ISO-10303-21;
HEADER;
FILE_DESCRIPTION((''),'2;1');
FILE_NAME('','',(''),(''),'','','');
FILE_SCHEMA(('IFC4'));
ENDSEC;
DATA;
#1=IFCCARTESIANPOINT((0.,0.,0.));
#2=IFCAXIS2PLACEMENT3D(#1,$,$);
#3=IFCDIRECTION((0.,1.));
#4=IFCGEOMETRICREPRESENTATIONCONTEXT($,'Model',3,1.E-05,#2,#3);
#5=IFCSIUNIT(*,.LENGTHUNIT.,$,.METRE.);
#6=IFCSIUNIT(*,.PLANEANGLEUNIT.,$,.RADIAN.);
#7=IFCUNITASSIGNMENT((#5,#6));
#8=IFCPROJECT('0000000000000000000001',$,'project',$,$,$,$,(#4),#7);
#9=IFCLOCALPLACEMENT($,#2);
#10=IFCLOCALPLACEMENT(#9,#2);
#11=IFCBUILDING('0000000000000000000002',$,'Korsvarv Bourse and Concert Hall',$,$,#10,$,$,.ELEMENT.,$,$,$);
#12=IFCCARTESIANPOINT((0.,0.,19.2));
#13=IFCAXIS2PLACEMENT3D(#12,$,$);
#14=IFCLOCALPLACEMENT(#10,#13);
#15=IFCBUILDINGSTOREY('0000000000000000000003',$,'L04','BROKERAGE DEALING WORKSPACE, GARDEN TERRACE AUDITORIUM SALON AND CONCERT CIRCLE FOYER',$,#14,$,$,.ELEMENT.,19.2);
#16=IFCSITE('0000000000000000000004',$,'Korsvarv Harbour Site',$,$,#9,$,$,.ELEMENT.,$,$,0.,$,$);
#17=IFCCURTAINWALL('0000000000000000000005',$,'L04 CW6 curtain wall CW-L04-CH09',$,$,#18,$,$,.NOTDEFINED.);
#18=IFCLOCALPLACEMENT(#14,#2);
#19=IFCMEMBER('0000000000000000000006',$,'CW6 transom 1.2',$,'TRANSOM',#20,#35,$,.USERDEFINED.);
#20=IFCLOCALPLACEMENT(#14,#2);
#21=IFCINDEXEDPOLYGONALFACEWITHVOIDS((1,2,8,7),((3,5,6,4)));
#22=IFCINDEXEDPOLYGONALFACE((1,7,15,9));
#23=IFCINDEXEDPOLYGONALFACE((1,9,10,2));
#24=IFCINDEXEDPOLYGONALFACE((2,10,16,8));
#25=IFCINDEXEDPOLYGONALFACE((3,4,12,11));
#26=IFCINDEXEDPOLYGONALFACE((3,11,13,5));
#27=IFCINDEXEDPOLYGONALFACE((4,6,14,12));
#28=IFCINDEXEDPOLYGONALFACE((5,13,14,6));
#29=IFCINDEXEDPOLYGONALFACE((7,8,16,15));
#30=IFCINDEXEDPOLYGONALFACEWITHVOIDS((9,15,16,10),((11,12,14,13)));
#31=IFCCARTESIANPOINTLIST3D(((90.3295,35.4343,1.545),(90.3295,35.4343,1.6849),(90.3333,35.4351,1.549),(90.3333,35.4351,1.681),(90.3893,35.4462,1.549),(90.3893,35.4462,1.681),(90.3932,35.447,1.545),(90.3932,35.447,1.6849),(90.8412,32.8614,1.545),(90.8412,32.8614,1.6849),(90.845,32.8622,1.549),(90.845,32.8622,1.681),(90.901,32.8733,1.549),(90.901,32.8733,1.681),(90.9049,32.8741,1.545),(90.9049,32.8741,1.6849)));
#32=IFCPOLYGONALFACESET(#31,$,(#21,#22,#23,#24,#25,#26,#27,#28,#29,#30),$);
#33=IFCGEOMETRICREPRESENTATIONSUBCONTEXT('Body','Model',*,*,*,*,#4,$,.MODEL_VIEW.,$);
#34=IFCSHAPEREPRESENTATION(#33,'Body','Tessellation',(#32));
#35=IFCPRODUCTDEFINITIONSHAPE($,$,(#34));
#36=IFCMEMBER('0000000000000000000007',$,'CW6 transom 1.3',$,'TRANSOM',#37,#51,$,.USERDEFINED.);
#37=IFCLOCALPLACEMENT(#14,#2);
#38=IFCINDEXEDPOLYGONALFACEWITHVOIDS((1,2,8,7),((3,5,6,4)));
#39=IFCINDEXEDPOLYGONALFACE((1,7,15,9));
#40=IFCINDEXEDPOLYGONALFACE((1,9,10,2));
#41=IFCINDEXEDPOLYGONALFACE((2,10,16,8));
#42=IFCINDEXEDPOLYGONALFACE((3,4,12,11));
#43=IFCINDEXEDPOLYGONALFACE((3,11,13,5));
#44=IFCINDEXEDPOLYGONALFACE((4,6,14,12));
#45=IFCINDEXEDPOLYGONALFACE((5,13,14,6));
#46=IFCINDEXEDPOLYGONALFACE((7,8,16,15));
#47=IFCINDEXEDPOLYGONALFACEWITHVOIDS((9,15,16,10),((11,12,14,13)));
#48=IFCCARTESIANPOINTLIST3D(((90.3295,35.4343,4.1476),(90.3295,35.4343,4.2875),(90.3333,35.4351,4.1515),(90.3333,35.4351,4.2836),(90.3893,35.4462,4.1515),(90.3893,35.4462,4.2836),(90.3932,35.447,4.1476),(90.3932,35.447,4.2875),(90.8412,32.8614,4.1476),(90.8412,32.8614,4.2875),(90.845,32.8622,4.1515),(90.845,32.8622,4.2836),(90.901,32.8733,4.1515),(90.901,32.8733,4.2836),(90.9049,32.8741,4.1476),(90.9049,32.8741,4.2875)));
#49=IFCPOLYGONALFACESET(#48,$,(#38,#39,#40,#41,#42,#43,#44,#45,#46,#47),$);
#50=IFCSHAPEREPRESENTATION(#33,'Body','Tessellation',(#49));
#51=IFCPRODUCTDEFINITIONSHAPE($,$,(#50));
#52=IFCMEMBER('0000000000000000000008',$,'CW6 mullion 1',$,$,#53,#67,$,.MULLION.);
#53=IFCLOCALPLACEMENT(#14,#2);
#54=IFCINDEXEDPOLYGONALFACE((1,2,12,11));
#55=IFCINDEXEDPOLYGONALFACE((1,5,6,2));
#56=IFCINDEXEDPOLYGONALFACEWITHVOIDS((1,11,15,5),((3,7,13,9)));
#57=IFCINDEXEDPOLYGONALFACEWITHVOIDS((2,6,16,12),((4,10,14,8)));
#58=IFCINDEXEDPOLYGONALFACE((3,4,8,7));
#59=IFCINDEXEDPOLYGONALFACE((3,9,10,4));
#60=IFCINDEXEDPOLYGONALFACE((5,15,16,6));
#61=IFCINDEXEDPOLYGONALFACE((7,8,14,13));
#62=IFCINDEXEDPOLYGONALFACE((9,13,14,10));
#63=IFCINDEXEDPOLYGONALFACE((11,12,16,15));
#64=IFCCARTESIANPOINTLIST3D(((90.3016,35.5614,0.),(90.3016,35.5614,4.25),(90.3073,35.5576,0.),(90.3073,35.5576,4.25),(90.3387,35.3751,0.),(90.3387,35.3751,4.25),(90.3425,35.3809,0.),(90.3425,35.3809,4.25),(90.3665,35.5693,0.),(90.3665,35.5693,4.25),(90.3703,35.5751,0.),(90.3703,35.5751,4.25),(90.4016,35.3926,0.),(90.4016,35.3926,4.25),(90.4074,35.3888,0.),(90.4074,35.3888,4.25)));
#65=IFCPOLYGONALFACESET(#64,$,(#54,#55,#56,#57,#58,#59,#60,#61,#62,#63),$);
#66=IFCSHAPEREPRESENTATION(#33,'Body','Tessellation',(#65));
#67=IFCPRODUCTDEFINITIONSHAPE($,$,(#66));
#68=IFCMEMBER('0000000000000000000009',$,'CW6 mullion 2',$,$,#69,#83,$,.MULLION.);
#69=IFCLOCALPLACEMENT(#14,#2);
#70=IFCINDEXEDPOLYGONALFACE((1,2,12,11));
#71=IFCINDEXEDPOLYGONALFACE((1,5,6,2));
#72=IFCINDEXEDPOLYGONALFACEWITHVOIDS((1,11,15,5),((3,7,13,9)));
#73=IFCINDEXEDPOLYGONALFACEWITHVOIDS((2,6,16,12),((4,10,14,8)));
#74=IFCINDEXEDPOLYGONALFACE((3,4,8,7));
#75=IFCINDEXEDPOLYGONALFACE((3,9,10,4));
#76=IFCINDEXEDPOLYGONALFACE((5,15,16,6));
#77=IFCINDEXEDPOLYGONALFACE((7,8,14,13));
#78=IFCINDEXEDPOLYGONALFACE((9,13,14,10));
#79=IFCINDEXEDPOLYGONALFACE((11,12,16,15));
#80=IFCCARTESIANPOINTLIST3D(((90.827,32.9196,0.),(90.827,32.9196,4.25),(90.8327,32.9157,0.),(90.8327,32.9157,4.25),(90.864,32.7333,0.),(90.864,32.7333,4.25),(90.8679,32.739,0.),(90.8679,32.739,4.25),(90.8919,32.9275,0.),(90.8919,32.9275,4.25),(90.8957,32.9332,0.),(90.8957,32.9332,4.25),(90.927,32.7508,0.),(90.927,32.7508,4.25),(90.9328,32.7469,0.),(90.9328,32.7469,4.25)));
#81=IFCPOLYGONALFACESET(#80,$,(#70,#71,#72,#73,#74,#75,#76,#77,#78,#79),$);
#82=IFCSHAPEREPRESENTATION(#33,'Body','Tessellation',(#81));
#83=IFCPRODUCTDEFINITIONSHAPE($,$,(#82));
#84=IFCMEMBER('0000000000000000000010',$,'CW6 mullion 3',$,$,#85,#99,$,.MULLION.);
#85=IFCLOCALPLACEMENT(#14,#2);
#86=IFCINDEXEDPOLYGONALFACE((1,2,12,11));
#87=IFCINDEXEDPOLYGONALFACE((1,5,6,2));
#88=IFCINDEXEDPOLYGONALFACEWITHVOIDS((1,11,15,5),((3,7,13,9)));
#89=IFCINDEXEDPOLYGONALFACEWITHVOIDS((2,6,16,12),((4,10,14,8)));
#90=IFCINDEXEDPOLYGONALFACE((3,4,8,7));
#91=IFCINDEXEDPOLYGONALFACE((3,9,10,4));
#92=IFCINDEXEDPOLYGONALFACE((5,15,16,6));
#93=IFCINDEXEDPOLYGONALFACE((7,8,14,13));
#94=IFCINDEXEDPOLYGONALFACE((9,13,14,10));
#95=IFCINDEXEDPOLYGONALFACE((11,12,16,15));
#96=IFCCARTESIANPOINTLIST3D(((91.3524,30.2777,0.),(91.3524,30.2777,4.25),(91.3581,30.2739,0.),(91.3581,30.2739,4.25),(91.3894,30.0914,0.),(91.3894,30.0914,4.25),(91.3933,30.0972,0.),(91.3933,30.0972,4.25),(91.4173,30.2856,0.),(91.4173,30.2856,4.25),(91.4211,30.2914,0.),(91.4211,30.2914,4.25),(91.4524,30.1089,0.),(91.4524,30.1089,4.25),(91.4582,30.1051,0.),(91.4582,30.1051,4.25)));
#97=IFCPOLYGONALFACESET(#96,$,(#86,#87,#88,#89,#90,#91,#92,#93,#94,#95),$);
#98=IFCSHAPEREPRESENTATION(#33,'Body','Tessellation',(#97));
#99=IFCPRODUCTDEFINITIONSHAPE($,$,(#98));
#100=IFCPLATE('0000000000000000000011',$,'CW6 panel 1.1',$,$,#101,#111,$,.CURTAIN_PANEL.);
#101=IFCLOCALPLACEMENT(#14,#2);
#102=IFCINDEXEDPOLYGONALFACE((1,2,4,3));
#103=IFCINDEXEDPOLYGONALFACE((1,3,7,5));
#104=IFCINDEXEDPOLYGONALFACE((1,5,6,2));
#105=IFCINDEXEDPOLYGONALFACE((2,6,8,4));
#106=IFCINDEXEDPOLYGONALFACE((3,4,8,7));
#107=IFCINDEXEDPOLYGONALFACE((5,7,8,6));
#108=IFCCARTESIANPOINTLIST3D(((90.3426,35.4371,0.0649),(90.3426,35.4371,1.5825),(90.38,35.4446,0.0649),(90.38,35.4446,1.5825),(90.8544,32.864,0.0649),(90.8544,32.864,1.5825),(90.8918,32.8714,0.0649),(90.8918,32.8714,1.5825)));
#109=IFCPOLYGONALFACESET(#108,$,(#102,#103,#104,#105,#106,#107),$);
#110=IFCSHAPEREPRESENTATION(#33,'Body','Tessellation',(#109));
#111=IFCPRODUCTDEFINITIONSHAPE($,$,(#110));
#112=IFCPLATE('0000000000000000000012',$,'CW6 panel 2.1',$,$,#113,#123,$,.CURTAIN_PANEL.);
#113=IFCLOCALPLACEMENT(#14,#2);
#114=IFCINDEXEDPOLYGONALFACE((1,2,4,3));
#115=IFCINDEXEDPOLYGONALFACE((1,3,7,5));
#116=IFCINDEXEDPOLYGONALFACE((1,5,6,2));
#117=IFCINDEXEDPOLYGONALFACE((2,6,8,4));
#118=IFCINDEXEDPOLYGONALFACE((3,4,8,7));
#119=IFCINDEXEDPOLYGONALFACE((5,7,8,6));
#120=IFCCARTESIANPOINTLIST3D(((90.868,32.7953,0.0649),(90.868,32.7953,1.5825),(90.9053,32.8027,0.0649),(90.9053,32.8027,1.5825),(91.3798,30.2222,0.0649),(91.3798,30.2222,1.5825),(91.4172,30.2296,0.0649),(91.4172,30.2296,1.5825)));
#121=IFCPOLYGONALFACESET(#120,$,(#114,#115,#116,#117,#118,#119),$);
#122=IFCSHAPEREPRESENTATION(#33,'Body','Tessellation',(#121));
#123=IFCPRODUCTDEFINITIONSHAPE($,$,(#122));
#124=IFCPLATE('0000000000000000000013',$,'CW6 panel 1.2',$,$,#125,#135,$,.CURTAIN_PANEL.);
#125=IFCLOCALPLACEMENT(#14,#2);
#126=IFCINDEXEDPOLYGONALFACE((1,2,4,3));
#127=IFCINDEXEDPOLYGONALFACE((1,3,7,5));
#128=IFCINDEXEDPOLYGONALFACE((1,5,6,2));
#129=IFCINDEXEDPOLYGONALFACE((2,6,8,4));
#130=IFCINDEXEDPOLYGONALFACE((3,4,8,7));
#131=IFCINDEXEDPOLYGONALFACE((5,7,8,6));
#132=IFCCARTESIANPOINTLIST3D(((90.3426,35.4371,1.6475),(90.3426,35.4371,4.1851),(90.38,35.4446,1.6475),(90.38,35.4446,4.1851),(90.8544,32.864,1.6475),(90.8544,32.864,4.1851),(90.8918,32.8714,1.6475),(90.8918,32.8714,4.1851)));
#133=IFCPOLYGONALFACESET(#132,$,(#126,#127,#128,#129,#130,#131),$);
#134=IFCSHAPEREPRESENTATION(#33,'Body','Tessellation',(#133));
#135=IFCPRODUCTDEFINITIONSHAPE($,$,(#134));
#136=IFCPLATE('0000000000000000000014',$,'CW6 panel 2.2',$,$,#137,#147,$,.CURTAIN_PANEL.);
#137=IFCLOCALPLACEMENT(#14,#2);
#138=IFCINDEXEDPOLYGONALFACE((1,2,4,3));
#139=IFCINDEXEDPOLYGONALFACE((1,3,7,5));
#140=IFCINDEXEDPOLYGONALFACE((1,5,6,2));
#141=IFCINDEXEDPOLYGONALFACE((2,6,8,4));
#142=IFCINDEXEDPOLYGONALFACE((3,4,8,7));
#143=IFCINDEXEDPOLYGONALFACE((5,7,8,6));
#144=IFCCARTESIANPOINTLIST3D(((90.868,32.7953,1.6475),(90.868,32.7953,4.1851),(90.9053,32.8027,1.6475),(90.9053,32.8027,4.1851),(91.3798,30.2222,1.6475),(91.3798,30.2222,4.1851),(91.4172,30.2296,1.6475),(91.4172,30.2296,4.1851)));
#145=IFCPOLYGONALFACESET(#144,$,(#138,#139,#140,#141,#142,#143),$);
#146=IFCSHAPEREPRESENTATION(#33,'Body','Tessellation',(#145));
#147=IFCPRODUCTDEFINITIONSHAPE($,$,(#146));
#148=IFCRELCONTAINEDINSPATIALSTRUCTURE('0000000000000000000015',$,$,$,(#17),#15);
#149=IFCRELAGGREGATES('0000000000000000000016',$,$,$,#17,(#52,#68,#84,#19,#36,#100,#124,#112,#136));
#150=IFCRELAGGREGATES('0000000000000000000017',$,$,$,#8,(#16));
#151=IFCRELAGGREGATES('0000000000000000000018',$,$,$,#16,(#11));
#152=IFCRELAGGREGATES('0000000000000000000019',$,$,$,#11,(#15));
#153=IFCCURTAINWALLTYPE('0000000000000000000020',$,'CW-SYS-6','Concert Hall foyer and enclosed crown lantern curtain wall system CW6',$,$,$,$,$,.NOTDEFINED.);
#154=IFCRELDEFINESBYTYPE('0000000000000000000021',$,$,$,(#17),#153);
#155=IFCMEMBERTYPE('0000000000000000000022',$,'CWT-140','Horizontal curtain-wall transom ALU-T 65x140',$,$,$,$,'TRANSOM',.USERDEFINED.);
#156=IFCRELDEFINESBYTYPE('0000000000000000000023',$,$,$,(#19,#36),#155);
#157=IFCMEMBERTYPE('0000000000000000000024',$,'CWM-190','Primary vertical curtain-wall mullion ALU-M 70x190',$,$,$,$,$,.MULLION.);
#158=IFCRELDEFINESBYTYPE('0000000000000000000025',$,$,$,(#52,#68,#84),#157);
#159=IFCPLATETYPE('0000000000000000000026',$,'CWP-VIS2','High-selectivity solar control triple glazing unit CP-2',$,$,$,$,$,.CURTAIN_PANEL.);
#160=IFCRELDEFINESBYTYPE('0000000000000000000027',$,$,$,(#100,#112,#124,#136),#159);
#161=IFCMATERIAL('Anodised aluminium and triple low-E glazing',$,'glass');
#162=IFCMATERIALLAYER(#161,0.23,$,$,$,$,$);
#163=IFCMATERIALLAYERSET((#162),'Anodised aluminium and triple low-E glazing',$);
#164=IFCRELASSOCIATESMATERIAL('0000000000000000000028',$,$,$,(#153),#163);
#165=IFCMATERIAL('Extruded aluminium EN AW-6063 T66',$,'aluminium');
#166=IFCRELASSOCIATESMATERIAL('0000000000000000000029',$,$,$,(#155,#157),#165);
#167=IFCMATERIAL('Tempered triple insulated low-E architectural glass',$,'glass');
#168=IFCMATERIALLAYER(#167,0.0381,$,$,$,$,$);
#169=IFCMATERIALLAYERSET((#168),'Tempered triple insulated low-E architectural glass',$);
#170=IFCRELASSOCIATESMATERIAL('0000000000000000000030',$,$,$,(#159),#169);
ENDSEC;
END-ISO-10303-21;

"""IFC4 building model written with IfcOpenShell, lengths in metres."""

from ifc_helpers import new_model, si_unit, direction, frame, origin, origin_2d, place, context, subcontext, project, spatial, rectangle, hollow_rectangle, extrude, source, transform, mapped, material, layer, layer_set, material_profile, profile_set, type_object, element, aggregate, save


model = new_model("IFC4")

# Units and contexts
model_context = context("Model", 3, precision=1e-05, world=origin(), true_north=direction((0.0, 1.0)))
body_context = subcontext(model_context, "Body", "Model", "MODEL_VIEW")
ifc_project = project(units=[si_unit("LENGTHUNIT", "METRE"), si_unit("PLANEANGLEUNIT", "RADIAN")], contexts=[model_context])

# Site, building, storey
site_placement = place(None, origin())
site = spatial("IfcSite", under=ifc_project, at=site_placement, Name="Korsvarv Harbour Site", CompositionType="ELEMENT", RefElevation=0.0)
building_placement = place(site_placement, origin())
building = spatial("IfcBuilding", under=site, at=building_placement, Name="Korsvarv Bourse and Concert Hall", CompositionType="ELEMENT")
storey_placement = place(building_placement, frame((0.0, 0.0, 19.2)))
storey = spatial("IfcBuildingStorey", under=building, at=storey_placement, Name="L04", Description="BROKERAGE DEALING WORKSPACE, GARDEN TERRACE AUDITORIUM SALON AND CONCERT CIRCLE FOYER", CompositionType="ELEMENT", Elevation=19.2)

# Curtain wall, members, plates
ifc_material_1 = material(Name="Anodised aluminium and triple low-E glazing", Category="glass")
ifc_layer_1 = layer(ifc_material_1, 0.23)
ifc_layer_set_1 = layer_set([ifc_layer_1], Name="Anodised aluminium and triple low-E glazing")
curtain_wall_type = type_object("IfcCurtainWallType", Name="CW-SYS-6", Description="Concert Hall foyer and enclosed crown lantern curtain wall system CW6", PredefinedType="NOTDEFINED", material=ifc_layer_set_1)
curtain_wall_placement = place(storey_placement, origin())
curtain_wall = element("IfcCurtainWall", 1, at=curtain_wall_placement, inside=storey, type_object=curtain_wall_type, Name="L04 CW6 curtain wall CW-L04-CH09", PredefinedType="NOTDEFINED")
ifc_material_2 = material(Name="Extruded aluminium EN AW-6063 T66", Category="aluminium")
ifc_material_profile_1 = material_profile(ifc_material_2, hollow_rectangle(XDim=0.0649, YDim=0.1399, WallThickness=0.0039, at=origin_2d()), Name="ALU-T 65x140")
ifc_profile_set_1 = profile_set([ifc_material_profile_1], Name="Extruded aluminium EN AW-6063 T66")
member_type_1 = type_object("IfcMemberType", Name="CWT-140", Description="Horizontal curtain-wall transom ALU-T 65x140", ElementType="TRANSOM", PredefinedType="USERDEFINED", material=ifc_profile_set_1)
shared_shape_1 = source(origin(), body_context, "Body", "SweptSolid", [
    extrude(hollow_rectangle(XDim=0.0649, YDim=0.1399, WallThickness=0.0039, at=origin_2d()), origin(), (0.0, 0.0, 1.0), 2.6233),
])
member_1_placement = place(storey_placement, frame((90.3613, 35.4407, 1.615), z_axis=(0.19506, -0.980791, 0.0), x_axis=(0.980791, 0.19506, 0.0)))
member_1 = element("IfcMember", 2, at=member_1_placement, type_object=member_type_1, Name="CW6 transom 1.2", ObjectType="TRANSOM", PredefinedType="USERDEFINED", context=body_context, shape_type="MappedRepresentation", body=[
    mapped(shared_shape_1, transform((0.0, 0.0, 0.0), scale=1.0)),
])
member_2_placement = place(storey_placement, frame((90.3613, 35.4407, 4.2175), z_axis=(0.19506, -0.980791, 0.0), x_axis=(0.980791, 0.19506, 0.0)))
member_2 = element("IfcMember", 3, at=member_2_placement, type_object=member_type_1, Name="CW6 transom 1.3", ObjectType="TRANSOM", PredefinedType="USERDEFINED", context=body_context, shape_type="MappedRepresentation", body=[
    mapped(shared_shape_1, transform((0.0, 0.0, 0.0), scale=1.0)),
])
ifc_material_profile_2 = material_profile(ifc_material_2, hollow_rectangle(XDim=0.0701, YDim=0.1899, WallThickness=0.0049, at=origin_2d()), Name="ALU-M 70x190")
ifc_profile_set_2 = profile_set([ifc_material_profile_2], Name="Extruded aluminium EN AW-6063 T66")
member_type_2 = type_object("IfcMemberType", Name="CWM-190", Description="Primary vertical curtain-wall mullion ALU-M 70x190", PredefinedType="MULLION", material=ifc_profile_set_2)
shared_shape_2 = source(origin(), body_context, "Body", "SweptSolid", [
    extrude(hollow_rectangle(XDim=0.0701, YDim=0.1899, WallThickness=0.0049, at=origin_2d()), origin(), (0.0, 0.0, 1.0), 4.25),
])
member_3_placement = place(storey_placement, frame((90.3545, 35.4751, 0.0), z_axis=(0.0, 0.0, 1.0), x_axis=(0.980786, 0.195087, 0.0)))
member_3 = element("IfcMember", 4, at=member_3_placement, type_object=member_type_2, Name="CW6 mullion 1", PredefinedType="MULLION", context=body_context, shape_type="MappedRepresentation", body=[
    mapped(shared_shape_2, transform((0.0, 0.0, 0.0), scale=1.0)),
])
member_4_placement = place(storey_placement, frame((90.8799, 32.8333, 0.0), z_axis=(0.0, 0.0, 1.0), x_axis=(0.980786, 0.195087, 0.0)))
member_4 = element("IfcMember", 5, at=member_4_placement, type_object=member_type_2, Name="CW6 mullion 2", PredefinedType="MULLION", context=body_context, shape_type="MappedRepresentation", body=[
    mapped(shared_shape_2, transform((0.0, 0.0, 0.0), scale=1.0)),
])
member_5_placement = place(storey_placement, frame((91.4053, 30.1914, 0.0), z_axis=(0.0, 0.0, 1.0), x_axis=(0.980786, 0.195087, 0.0)))
member_5 = element("IfcMember", 6, at=member_5_placement, type_object=member_type_2, Name="CW6 mullion 3", PredefinedType="MULLION", context=body_context, shape_type="MappedRepresentation", body=[
    mapped(shared_shape_2, transform((0.0, 0.0, 0.0), scale=1.0)),
])
ifc_material_3 = material(Name="Tempered triple insulated low-E architectural glass", Category="glass")
ifc_layer_2 = layer(ifc_material_3, 0.0381)
ifc_layer_set_2 = layer_set([ifc_layer_2], Name="Tempered triple insulated low-E architectural glass")
plate_type = type_object("IfcPlateType", Name="CWP-VIS2", Description="High-selectivity solar control triple glazing unit CP-2", PredefinedType="CURTAIN_PANEL", material=ifc_layer_set_2)
shared_shape_3 = source(origin(), body_context, "Body", "SweptSolid", [
    extrude(rectangle(XDim=2.6235, YDim=0.0381, at=origin_2d()), origin(), (0.0, 0.0, 1.0), 1.5176),
])
plate_1_placement = place(storey_placement, frame((90.6172, 34.1543, 0.0649), z_axis=(0.0, 0.0, 1.0), x_axis=(0.195087, -0.980786, 0.0)))
plate_1 = element("IfcPlate", 7, at=plate_1_placement, type_object=plate_type, Name="CW6 panel 1.1", PredefinedType="CURTAIN_PANEL", context=body_context, shape_type="MappedRepresentation", body=[
    mapped(shared_shape_3, transform((0.0, 0.0, 0.0), scale=1.0)),
])
plate_2_placement = place(storey_placement, frame((91.1426, 31.5125, 0.0649), z_axis=(0.0, 0.0, 1.0), x_axis=(0.195087, -0.980786, 0.0)))
plate_2 = element("IfcPlate", 8, at=plate_2_placement, type_object=plate_type, Name="CW6 panel 2.1", PredefinedType="CURTAIN_PANEL", context=body_context, shape_type="MappedRepresentation", body=[
    mapped(shared_shape_3, transform((0.0, 0.0, 0.0), scale=1.0)),
])
shared_shape_4 = source(origin(), body_context, "Body", "SweptSolid", [
    extrude(rectangle(XDim=2.6235, YDim=0.0381, at=origin_2d()), origin(), (0.0, 0.0, 1.0), 2.5376),
])
plate_3_placement = place(storey_placement, frame((90.6172, 34.1543, 1.6475), z_axis=(0.0, 0.0, 1.0), x_axis=(0.195087, -0.980786, 0.0)))
plate_3 = element("IfcPlate", 9, at=plate_3_placement, type_object=plate_type, Name="CW6 panel 1.2", PredefinedType="CURTAIN_PANEL", context=body_context, shape_type="MappedRepresentation", body=[
    mapped(shared_shape_4, transform((0.0, 0.0, 0.0), scale=1.0)),
])
plate_4_placement = place(storey_placement, frame((91.1426, 31.5125, 1.6475), z_axis=(0.0, 0.0, 1.0), x_axis=(0.195087, -0.980786, 0.0)))
plate_4 = element("IfcPlate", 10, at=plate_4_placement, type_object=plate_type, Name="CW6 panel 2.2", PredefinedType="CURTAIN_PANEL", context=body_context, shape_type="MappedRepresentation", body=[
    mapped(shared_shape_4, transform((0.0, 0.0, 0.0), scale=1.0)),
])
aggregate(curtain_wall, [member_3, member_4, member_5, member_1, member_2, plate_1, plate_3, plate_2, plate_4])

save(model, "model.ifc")
